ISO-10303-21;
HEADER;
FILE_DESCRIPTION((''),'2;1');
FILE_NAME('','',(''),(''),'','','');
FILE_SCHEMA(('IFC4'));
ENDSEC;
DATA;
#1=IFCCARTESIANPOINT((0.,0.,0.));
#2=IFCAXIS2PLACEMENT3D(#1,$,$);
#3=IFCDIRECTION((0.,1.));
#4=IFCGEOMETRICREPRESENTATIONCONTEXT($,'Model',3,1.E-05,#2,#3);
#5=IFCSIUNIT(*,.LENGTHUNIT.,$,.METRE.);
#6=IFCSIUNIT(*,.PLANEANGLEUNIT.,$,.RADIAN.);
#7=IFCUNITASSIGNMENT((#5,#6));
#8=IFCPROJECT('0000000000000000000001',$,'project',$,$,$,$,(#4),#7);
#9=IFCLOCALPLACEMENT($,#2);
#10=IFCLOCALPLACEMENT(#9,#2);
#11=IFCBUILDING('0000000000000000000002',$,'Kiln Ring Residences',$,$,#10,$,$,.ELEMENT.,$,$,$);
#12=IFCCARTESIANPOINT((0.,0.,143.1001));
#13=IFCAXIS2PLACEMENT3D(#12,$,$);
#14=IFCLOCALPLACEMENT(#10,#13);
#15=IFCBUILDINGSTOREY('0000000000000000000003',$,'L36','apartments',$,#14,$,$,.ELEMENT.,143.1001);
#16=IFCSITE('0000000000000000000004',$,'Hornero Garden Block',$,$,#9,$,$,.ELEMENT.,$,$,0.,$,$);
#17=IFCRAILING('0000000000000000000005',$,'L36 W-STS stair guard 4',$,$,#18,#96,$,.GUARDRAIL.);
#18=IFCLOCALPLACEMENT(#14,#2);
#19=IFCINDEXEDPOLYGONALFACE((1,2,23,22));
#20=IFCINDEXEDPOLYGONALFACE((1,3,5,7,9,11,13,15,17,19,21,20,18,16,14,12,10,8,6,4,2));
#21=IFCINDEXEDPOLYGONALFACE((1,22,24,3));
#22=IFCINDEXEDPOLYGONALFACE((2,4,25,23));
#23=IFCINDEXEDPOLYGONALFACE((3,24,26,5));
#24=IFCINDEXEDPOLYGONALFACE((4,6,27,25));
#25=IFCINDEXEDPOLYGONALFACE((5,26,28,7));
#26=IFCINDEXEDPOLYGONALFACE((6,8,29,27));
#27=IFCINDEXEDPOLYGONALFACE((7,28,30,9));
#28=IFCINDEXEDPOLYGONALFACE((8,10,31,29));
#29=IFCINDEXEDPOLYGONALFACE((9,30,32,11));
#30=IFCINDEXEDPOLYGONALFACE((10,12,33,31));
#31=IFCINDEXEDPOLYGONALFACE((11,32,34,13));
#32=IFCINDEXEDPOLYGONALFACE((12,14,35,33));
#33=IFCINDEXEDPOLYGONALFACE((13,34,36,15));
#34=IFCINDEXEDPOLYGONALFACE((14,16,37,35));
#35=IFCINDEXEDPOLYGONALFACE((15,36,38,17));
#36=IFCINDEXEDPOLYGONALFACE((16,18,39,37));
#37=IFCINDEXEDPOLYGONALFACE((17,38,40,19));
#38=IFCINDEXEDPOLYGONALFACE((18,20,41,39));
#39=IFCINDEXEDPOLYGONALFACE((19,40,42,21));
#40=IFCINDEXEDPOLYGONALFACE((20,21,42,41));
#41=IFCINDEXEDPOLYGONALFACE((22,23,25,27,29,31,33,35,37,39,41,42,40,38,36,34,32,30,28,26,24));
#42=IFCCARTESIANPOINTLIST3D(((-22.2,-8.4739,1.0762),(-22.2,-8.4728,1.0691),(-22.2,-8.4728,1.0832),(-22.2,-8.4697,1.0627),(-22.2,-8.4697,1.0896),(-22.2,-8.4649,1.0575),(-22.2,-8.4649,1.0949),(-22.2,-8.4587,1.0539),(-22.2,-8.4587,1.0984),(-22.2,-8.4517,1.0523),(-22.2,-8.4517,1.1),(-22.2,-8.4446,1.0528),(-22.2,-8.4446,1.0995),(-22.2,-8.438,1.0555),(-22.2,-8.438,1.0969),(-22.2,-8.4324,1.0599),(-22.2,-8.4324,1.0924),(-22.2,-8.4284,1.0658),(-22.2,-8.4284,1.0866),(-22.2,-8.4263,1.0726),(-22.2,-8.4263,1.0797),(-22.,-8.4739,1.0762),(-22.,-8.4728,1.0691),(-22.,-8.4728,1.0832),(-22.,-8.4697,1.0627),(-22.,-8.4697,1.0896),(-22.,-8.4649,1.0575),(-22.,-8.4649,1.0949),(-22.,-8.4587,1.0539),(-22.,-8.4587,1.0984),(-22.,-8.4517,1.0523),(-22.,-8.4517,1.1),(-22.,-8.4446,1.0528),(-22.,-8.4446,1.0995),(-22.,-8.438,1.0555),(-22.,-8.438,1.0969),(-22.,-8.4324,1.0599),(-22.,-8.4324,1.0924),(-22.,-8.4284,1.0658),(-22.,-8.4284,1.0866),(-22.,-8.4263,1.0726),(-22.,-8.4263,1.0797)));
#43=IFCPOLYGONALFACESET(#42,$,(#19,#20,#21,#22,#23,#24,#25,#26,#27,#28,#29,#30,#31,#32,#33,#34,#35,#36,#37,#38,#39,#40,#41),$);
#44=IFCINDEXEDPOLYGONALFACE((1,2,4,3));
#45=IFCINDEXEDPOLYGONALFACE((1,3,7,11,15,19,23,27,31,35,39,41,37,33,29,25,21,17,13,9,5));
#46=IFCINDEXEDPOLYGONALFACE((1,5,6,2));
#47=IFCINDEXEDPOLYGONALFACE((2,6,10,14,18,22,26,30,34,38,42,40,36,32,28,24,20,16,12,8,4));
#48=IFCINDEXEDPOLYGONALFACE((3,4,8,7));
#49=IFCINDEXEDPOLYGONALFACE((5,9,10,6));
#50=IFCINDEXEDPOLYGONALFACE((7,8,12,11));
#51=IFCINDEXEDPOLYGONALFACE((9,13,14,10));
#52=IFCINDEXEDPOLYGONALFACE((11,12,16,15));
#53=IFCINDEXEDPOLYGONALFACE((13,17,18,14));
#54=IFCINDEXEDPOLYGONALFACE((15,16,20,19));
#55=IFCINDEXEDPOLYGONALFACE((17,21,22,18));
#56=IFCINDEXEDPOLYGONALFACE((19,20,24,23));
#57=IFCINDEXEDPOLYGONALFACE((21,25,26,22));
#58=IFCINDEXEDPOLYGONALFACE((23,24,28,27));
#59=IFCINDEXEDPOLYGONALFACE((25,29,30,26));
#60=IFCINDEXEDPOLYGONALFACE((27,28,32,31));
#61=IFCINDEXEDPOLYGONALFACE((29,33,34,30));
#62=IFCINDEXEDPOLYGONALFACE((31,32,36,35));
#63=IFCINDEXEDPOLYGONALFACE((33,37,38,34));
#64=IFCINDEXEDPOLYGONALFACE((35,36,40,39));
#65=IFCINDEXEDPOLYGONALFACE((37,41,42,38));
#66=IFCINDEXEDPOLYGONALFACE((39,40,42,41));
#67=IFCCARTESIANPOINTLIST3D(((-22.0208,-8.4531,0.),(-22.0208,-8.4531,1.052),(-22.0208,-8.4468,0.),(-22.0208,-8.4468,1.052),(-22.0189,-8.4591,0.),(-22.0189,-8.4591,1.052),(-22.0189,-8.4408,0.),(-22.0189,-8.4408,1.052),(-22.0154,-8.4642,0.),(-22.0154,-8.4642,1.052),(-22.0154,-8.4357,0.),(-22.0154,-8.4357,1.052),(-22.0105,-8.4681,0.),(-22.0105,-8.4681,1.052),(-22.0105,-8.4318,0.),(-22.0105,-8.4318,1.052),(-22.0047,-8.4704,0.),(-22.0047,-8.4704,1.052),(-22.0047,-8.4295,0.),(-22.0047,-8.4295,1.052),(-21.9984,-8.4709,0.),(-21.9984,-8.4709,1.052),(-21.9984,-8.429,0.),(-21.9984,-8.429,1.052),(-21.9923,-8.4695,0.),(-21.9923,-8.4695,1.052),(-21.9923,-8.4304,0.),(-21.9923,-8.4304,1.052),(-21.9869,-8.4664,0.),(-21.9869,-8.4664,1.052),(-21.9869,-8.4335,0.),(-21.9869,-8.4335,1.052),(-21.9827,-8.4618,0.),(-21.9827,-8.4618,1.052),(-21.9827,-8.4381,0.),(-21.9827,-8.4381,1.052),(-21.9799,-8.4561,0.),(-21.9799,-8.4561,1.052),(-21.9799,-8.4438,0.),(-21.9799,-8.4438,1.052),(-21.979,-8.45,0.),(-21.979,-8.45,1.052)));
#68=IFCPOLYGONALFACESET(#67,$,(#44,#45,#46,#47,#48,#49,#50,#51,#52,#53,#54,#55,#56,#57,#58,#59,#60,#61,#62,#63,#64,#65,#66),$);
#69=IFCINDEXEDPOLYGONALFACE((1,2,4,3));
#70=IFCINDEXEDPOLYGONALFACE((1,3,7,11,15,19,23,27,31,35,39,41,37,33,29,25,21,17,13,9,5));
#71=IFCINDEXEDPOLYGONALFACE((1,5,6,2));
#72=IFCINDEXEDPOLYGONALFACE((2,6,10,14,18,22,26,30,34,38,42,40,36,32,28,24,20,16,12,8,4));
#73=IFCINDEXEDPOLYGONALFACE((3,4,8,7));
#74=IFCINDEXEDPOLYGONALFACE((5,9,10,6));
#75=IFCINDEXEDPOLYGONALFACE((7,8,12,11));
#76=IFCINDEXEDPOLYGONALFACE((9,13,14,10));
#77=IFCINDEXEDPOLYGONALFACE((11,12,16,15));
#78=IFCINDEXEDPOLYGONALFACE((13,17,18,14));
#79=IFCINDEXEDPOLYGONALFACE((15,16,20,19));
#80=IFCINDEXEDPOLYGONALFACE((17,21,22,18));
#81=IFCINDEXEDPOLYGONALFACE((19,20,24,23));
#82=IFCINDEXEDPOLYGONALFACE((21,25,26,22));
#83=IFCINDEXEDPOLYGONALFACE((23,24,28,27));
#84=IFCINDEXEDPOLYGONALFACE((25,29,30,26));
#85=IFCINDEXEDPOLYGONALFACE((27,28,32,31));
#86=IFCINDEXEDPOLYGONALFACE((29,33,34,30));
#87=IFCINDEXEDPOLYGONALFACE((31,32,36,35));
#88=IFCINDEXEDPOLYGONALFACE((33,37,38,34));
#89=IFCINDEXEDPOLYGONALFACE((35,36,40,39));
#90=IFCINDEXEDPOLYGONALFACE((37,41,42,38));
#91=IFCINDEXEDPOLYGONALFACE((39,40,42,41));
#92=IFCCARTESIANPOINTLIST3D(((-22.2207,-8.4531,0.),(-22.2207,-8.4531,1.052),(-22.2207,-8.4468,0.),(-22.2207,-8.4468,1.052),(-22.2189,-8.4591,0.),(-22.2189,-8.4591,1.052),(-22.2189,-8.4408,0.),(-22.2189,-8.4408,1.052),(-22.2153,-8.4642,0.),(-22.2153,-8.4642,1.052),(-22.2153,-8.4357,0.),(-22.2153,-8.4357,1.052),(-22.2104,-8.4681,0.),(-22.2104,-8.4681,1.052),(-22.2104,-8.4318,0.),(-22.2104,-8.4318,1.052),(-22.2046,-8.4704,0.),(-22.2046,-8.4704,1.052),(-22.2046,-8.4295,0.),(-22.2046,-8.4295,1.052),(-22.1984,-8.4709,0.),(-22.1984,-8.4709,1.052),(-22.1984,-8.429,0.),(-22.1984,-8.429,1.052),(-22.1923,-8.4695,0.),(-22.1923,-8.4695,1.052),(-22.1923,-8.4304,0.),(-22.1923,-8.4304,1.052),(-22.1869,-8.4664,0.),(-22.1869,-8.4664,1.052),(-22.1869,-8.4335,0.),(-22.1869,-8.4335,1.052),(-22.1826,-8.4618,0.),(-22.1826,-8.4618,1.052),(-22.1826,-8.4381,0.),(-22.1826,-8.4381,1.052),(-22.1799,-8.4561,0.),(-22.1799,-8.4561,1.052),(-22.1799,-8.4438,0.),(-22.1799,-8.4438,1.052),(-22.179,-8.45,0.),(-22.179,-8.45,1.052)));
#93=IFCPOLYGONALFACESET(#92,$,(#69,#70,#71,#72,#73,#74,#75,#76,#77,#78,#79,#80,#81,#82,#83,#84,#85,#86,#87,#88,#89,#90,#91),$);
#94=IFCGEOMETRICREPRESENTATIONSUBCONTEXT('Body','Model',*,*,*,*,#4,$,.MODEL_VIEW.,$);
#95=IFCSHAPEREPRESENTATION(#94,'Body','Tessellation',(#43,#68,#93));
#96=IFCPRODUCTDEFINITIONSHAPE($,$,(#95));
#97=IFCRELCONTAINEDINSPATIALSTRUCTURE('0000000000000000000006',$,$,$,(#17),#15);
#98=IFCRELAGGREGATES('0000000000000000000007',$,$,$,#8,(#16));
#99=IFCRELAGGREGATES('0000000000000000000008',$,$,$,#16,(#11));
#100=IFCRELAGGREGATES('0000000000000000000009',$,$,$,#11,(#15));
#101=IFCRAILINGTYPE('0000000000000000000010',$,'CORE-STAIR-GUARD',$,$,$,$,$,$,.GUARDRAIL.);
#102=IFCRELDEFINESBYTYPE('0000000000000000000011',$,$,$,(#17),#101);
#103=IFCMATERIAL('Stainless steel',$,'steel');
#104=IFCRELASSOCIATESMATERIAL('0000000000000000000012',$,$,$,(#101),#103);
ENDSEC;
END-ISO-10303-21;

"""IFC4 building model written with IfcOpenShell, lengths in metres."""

from ifc_helpers import new_model, si_unit, direction, frame, origin, origin_2d, place, context, subcontext, project, spatial, circle, extrude, material, type_object, element, save


model = new_model("IFC4")

# Units and contexts
model_context = context("Model", 3, precision=1e-05, world=origin(), true_north=direction((0.0, 1.0)))
body_context = subcontext(model_context, "Body", "Model", "MODEL_VIEW")
ifc_project = project(units=[si_unit("LENGTHUNIT", "METRE"), si_unit("PLANEANGLEUNIT", "RADIAN")], contexts=[model_context])

# Site, building, storey
site_placement = place(None, origin())
site = spatial("IfcSite", under=ifc_project, at=site_placement, Name="Hornero Garden Block", CompositionType="ELEMENT", RefElevation=0.0)
building_placement = place(site_placement, origin())
building = spatial("IfcBuilding", under=site, at=building_placement, Name="Kiln Ring Residences", CompositionType="ELEMENT")
storey_placement = place(building_placement, frame((0.0, 0.0, 143.1001)))
storey = spatial("IfcBuildingStorey", under=building, at=storey_placement, Name="L36", Description="apartments", CompositionType="ELEMENT", Elevation=143.1001)

# Railing
ifc_material_1 = material(Name="Stainless steel", Category="steel")
railing_type_1 = type_object("IfcRailingType", Name="CORE-STAIR-GUARD", PredefinedType="GUARDRAIL", material=ifc_material_1)
railing_1_placement = place(storey_placement, frame((-22.0, -8.45, 0.0)))
element("IfcRailing", 1, at=railing_1_placement, inside=storey, type_object=railing_type_1, Name="L36 W-STS stair guard 4", PredefinedType="GUARDRAIL", context=body_context, shape_type="SweptSolid", body=[
    extrude(circle(Radius=0.0239, at=origin_2d()), frame((0.0, 0.0, 1.0762), z_axis=(-1.0, 0.0, 0.0), x_axis=(0.0, -1.0, 0.0)), (0.0, 0.0, 1.0), 0.2),
    extrude(circle(Radius=0.021, at=origin_2d()), origin(), (0.0, 0.0, 1.0), 1.052),
    extrude(circle(Radius=0.021, at=origin_2d()), frame((-0.2, 0.0, 0.0)), (0.0, 0.0, 1.0), 1.052),
])

save(model, "model.ifc")
